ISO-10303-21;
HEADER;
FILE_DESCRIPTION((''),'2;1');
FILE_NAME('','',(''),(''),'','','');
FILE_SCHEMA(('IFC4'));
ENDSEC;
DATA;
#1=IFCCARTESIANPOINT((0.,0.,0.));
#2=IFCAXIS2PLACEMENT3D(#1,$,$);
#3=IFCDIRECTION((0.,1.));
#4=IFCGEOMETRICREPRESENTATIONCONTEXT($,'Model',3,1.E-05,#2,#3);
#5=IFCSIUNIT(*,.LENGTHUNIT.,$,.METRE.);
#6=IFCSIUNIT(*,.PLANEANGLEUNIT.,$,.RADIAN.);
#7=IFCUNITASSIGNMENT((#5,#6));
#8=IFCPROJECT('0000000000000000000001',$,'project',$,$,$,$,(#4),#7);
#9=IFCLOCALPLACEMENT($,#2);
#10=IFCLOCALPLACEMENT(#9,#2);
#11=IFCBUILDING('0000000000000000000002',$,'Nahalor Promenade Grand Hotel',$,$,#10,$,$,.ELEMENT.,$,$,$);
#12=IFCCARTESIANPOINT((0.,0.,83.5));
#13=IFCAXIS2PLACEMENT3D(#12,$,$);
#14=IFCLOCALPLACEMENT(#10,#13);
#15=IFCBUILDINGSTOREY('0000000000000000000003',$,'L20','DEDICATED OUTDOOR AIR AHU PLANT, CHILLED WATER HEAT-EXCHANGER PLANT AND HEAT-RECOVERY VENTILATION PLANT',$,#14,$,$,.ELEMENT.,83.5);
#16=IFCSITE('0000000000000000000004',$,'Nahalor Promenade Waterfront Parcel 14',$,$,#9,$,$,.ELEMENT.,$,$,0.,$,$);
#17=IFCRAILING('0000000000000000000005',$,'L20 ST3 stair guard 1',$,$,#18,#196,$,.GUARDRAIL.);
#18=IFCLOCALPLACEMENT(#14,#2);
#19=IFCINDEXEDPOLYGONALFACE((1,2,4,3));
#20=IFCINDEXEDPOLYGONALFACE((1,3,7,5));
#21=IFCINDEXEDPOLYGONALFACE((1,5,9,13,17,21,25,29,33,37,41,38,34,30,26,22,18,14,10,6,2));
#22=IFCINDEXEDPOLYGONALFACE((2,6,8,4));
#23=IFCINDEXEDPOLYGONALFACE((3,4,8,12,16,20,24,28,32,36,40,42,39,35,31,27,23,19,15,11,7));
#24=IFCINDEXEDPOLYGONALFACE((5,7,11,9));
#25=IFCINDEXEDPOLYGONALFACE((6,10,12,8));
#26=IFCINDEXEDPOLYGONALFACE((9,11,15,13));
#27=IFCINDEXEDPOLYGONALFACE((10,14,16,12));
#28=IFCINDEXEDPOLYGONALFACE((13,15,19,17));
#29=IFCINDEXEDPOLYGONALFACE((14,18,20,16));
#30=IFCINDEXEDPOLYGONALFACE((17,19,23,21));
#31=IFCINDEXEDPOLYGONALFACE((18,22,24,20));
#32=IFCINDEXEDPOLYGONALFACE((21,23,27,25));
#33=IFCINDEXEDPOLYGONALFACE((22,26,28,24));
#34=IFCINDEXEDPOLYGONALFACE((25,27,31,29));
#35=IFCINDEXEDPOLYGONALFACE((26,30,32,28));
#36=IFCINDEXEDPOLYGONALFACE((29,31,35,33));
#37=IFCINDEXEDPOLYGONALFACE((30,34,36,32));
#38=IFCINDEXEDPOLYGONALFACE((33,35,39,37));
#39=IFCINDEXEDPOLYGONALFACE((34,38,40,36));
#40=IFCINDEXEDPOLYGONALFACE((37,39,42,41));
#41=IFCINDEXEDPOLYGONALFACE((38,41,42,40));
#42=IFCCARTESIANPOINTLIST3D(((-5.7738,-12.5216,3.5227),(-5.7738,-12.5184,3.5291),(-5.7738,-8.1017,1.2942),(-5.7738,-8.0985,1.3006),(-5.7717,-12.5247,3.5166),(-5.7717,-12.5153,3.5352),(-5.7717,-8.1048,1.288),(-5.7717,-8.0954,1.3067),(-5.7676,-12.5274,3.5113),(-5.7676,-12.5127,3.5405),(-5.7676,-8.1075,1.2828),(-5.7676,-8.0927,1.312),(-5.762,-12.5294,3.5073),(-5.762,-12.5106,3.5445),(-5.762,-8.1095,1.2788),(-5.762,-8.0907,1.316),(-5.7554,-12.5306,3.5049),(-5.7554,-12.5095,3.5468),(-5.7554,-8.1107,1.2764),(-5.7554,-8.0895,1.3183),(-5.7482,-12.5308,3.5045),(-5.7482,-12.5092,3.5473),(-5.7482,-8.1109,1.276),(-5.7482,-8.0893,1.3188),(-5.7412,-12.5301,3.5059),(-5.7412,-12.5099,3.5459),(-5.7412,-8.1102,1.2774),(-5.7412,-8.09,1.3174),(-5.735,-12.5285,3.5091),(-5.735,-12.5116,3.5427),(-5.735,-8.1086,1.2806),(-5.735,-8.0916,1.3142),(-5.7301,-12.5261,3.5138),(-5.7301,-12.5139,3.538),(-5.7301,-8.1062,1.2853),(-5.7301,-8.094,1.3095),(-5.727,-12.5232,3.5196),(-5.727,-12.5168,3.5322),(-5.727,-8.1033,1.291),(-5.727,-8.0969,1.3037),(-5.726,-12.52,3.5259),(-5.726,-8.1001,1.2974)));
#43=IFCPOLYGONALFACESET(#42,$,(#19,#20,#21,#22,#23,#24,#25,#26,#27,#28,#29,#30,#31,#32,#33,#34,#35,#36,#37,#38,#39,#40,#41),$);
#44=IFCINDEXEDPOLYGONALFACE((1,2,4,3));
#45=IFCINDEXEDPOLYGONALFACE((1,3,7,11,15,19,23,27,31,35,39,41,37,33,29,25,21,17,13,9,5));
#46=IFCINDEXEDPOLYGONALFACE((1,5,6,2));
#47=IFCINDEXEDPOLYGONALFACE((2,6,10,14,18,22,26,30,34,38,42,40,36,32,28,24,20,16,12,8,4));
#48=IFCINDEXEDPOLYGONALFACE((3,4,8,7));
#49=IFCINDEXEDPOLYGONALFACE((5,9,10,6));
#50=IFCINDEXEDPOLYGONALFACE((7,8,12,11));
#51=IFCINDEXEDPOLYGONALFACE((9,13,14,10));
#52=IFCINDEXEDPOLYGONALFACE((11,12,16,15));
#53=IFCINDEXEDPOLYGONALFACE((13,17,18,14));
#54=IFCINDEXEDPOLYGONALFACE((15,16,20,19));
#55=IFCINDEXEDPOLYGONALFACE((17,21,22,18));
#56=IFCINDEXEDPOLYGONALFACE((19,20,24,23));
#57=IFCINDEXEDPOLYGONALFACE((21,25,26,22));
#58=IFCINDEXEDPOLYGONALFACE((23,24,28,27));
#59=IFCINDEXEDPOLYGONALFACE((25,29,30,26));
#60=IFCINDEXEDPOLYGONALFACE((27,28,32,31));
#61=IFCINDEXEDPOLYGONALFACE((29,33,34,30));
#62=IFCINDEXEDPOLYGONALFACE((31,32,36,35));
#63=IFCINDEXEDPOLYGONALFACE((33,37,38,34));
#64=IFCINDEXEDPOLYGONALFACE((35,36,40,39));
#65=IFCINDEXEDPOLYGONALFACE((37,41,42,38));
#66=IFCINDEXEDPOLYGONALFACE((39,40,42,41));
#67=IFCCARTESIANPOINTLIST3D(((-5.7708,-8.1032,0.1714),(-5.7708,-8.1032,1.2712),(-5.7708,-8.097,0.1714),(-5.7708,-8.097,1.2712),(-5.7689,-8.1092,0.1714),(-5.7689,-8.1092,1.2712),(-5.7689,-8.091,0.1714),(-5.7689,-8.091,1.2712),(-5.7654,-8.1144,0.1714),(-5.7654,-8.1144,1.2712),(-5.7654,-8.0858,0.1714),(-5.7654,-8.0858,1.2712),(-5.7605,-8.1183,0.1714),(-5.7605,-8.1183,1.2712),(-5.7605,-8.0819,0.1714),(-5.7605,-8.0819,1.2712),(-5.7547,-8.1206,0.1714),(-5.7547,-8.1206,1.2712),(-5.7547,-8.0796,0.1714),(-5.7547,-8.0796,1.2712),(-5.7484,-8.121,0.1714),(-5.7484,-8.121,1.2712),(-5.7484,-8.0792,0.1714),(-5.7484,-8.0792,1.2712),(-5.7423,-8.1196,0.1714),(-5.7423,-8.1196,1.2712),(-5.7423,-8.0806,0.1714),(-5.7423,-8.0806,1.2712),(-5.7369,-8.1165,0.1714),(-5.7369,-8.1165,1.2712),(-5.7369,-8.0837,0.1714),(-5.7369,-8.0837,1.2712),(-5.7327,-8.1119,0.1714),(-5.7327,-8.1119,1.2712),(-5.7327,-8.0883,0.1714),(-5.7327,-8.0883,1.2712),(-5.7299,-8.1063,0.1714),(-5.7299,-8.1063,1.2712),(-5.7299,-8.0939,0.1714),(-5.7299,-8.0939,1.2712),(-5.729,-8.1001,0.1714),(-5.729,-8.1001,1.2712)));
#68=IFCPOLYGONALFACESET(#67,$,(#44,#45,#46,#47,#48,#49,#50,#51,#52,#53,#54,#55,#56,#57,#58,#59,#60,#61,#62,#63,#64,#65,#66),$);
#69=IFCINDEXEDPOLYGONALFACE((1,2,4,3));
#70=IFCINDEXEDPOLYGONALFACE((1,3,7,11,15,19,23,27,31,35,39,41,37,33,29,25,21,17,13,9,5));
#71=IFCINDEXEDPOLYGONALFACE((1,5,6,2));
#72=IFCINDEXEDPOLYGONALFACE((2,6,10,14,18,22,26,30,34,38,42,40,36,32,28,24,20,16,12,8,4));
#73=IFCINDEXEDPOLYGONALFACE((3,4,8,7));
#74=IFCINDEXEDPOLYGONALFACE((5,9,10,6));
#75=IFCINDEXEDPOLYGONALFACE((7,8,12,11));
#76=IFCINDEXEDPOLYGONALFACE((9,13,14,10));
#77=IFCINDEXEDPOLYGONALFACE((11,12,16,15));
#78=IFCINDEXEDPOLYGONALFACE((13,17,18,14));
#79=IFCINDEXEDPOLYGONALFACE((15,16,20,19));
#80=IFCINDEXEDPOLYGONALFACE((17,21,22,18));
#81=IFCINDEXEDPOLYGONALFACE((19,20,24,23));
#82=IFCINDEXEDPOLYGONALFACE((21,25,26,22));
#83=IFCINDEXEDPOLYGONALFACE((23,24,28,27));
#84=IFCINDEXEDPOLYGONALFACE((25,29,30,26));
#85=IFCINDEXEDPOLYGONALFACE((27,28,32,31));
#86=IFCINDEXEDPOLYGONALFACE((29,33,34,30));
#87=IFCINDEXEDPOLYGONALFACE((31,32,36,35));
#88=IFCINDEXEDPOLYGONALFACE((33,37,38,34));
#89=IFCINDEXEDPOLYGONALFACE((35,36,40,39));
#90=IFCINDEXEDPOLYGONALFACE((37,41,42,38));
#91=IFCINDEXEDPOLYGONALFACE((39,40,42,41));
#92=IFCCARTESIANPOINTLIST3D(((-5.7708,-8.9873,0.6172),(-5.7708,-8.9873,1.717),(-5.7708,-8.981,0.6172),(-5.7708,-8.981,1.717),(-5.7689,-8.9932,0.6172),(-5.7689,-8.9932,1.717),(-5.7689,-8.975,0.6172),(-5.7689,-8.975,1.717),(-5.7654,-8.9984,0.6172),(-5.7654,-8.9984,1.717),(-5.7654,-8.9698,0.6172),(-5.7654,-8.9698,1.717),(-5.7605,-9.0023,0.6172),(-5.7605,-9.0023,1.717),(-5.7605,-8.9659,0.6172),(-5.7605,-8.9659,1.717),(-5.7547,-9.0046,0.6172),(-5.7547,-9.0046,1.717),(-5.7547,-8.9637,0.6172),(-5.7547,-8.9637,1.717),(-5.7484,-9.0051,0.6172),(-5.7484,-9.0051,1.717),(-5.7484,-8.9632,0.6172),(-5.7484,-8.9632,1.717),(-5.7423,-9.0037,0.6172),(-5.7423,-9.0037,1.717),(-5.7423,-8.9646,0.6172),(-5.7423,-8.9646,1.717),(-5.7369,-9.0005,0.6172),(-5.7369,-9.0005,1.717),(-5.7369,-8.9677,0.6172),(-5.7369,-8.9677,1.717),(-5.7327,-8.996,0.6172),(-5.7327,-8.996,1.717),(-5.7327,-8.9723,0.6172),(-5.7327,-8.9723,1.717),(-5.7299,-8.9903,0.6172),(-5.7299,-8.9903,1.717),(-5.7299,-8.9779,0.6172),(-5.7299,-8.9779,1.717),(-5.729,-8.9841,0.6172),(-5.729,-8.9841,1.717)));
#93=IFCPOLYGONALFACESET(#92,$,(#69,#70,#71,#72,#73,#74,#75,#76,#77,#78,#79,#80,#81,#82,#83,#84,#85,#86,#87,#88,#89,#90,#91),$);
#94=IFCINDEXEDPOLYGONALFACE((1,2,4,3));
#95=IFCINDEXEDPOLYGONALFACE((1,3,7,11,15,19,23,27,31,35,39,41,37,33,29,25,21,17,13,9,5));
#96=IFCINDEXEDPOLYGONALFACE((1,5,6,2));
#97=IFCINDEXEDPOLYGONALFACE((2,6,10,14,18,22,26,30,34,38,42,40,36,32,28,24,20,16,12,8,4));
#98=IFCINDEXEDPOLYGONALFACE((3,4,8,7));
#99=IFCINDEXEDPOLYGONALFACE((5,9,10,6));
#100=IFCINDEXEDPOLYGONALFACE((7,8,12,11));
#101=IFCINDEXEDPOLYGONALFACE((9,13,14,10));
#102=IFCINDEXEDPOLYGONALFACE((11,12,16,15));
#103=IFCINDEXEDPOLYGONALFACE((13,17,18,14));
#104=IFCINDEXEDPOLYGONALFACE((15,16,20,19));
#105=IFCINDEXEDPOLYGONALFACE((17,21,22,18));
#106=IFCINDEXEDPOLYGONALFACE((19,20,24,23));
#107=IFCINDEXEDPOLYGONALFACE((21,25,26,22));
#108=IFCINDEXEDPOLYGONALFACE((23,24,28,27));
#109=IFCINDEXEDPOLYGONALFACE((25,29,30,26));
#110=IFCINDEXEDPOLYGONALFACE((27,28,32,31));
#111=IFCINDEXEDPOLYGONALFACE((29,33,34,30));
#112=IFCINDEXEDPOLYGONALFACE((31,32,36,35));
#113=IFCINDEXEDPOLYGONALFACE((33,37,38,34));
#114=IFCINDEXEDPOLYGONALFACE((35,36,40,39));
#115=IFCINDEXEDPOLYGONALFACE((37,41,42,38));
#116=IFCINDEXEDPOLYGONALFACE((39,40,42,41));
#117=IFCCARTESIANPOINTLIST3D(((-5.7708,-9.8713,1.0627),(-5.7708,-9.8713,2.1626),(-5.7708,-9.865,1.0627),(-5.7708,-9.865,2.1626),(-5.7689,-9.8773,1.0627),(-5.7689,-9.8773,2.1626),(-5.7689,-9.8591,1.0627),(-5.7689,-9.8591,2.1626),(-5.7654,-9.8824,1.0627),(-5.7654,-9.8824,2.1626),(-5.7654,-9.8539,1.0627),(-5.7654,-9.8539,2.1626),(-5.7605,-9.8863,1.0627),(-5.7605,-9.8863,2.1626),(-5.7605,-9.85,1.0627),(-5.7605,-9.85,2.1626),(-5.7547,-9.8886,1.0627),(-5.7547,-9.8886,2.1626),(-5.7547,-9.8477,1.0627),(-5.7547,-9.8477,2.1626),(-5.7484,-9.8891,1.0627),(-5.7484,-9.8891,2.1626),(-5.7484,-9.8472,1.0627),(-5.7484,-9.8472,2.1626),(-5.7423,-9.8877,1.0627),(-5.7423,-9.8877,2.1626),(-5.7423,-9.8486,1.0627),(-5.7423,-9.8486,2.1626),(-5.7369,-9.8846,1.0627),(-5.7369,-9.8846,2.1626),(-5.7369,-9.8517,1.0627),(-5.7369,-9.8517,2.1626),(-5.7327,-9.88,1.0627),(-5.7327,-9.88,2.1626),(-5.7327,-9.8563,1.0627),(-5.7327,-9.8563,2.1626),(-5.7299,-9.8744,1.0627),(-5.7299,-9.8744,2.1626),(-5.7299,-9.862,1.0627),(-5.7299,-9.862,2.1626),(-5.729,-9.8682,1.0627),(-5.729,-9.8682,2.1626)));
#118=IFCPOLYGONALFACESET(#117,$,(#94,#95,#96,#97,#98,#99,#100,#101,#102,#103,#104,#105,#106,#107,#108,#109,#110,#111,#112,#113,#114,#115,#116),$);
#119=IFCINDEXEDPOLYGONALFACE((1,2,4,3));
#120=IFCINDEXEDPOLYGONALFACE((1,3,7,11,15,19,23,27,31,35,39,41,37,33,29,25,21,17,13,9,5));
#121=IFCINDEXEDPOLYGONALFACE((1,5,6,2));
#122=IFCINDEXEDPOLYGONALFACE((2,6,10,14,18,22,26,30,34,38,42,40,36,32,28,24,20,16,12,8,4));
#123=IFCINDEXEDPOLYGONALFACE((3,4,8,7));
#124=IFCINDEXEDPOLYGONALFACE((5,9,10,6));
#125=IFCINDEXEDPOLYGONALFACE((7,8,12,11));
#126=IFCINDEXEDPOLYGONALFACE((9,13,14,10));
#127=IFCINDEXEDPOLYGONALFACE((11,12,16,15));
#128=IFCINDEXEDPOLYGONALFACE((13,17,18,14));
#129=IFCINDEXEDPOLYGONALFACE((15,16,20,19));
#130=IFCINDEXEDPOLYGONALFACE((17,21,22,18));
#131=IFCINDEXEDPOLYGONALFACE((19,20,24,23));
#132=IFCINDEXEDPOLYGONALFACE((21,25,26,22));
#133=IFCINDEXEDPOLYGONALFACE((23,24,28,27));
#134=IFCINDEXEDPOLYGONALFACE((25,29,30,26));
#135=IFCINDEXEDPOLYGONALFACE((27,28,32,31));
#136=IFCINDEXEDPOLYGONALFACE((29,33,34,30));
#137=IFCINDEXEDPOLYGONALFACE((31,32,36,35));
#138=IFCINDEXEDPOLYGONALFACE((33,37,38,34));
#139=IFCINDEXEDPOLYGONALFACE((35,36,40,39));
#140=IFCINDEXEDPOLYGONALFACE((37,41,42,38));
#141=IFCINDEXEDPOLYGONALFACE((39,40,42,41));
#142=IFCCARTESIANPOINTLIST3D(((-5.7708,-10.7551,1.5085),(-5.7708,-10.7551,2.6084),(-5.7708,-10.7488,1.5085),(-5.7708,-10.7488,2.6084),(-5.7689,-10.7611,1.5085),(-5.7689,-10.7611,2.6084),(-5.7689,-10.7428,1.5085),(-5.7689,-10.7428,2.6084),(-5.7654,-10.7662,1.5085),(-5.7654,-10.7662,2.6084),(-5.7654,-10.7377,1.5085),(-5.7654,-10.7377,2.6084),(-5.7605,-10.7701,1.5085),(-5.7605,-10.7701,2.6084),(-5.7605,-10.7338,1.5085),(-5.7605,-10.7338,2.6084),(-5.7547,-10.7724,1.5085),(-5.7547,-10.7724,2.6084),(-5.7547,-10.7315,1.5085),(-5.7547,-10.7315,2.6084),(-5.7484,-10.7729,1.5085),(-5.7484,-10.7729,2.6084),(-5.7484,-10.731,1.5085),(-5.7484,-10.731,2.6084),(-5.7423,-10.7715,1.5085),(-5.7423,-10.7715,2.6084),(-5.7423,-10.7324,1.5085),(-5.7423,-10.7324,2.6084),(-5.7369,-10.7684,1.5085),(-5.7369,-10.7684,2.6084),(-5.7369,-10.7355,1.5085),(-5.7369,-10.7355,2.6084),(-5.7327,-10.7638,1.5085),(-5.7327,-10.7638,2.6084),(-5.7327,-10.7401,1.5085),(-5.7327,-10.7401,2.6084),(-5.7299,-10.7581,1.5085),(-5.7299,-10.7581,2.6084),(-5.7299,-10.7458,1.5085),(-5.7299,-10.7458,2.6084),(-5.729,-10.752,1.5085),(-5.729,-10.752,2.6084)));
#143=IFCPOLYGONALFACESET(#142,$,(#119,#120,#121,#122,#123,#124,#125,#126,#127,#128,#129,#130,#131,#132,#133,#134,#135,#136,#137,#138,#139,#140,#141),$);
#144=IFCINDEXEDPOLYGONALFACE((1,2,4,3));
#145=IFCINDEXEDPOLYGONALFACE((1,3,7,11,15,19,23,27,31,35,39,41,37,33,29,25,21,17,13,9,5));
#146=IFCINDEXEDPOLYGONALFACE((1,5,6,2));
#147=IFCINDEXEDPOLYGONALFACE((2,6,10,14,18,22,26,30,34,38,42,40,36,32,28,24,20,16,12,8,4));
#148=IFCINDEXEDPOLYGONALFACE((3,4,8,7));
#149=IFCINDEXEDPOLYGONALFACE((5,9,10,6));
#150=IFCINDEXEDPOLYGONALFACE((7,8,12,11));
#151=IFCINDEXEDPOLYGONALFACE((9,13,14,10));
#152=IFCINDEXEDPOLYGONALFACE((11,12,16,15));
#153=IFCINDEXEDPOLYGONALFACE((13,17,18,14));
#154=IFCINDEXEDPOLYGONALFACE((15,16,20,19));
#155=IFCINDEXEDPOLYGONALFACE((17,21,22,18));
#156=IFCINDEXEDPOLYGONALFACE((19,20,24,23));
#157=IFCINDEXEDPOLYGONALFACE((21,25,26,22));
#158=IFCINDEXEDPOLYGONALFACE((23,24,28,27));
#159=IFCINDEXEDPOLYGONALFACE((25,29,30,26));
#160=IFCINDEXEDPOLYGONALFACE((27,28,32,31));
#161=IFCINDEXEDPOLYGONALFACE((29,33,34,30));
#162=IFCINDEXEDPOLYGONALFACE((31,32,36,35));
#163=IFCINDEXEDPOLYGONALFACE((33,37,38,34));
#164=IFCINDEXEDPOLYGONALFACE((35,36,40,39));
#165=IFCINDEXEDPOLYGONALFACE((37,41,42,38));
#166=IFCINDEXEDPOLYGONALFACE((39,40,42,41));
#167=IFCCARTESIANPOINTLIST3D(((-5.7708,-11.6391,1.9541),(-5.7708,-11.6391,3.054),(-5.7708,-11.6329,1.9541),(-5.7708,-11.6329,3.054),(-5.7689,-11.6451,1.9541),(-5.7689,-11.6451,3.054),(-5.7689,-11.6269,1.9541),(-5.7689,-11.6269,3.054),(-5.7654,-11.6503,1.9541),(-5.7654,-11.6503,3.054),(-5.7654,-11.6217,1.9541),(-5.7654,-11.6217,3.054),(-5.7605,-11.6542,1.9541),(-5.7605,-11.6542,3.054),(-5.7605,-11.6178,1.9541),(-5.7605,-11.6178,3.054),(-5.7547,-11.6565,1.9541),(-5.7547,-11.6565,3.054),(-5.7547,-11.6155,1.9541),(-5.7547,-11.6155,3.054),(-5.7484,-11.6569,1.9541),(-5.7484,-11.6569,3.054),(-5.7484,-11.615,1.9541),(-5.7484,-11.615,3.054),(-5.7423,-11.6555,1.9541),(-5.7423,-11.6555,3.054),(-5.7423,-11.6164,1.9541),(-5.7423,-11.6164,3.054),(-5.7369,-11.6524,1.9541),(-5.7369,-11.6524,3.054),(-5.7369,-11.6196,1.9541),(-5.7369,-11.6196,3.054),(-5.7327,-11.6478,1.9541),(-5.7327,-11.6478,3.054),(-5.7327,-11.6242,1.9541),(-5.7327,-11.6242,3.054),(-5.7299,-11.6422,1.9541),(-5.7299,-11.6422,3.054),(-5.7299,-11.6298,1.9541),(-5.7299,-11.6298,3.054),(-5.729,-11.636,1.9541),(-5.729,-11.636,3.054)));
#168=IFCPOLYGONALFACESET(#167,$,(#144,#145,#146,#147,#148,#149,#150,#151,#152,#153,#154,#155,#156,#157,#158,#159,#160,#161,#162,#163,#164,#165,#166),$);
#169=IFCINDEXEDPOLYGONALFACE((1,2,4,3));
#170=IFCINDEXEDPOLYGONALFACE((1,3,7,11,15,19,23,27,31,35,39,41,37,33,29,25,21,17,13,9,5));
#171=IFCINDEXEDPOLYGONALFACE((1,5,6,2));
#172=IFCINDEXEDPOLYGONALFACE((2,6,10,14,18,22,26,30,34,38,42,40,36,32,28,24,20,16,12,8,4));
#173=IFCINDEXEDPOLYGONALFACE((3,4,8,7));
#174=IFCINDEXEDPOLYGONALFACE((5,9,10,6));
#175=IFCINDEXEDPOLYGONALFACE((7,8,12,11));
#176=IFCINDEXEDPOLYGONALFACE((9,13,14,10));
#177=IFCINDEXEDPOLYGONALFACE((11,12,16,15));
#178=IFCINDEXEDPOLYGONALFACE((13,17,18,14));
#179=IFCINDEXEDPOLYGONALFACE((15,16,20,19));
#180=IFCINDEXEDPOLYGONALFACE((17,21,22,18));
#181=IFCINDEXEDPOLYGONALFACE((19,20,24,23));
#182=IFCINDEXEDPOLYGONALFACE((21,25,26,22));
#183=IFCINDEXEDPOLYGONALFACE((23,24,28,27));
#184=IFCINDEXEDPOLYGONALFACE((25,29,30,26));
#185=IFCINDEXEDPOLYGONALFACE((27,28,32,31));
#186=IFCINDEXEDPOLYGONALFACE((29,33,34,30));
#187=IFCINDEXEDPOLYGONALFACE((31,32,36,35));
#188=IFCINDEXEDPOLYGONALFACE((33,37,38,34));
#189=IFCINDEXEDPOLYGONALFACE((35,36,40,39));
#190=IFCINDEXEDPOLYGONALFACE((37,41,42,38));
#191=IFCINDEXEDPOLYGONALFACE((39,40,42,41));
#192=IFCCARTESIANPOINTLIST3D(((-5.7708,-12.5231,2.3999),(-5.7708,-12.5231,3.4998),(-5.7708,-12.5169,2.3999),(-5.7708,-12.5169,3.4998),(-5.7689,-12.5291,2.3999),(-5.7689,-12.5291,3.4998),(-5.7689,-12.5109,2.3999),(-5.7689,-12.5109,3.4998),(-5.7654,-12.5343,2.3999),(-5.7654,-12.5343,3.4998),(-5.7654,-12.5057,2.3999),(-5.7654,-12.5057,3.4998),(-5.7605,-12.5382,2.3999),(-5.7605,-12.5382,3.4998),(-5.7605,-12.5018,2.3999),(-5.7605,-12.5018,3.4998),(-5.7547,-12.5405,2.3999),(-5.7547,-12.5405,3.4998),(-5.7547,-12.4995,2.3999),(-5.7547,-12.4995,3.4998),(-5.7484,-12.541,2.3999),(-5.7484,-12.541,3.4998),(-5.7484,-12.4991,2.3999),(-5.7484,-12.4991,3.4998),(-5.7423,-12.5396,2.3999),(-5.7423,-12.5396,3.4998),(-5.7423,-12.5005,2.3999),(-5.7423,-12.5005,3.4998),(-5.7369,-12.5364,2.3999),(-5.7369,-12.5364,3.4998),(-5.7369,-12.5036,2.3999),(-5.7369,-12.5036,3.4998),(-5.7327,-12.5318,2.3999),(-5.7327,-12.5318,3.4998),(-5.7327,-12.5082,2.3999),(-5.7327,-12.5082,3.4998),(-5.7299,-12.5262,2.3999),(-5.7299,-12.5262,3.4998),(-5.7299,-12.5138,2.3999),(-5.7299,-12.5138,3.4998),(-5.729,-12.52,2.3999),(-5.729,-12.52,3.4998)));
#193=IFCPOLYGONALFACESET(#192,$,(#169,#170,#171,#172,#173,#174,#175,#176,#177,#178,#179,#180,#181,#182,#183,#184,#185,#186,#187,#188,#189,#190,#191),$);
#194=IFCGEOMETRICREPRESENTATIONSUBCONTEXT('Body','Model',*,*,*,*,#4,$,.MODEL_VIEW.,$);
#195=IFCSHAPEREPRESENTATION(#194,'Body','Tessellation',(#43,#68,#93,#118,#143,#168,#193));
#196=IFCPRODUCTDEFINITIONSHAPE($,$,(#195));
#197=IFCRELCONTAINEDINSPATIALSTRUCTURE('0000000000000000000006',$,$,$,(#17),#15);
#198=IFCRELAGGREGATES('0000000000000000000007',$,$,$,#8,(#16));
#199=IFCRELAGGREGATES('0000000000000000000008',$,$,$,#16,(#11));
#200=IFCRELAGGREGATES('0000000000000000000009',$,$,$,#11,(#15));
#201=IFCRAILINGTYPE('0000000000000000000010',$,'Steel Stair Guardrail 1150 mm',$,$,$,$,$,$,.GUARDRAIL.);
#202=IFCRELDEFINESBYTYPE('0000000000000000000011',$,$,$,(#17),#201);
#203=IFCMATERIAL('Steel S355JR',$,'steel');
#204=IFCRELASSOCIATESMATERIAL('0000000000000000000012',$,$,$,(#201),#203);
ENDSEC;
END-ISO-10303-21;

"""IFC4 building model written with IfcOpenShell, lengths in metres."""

from ifc_helpers import new_model, si_unit, direction, frame, origin, origin_2d, place, context, subcontext, project, spatial, circle, extrude, material, type_object, element, save


model = new_model("IFC4")

# Units and contexts
model_context = context("Model", 3, precision=1e-05, world=origin(), true_north=direction((0.0, 1.0)))
body_context = subcontext(model_context, "Body", "Model", "MODEL_VIEW")
ifc_project = project(units=[si_unit("LENGTHUNIT", "METRE"), si_unit("PLANEANGLEUNIT", "RADIAN")], contexts=[model_context])

# Site, building, storey
site_placement = place(None, origin())
site = spatial("IfcSite", under=ifc_project, at=site_placement, Name="Nahalor Promenade Waterfront Parcel 14", CompositionType="ELEMENT", RefElevation=0.0)
building_placement = place(site_placement, origin())
building = spatial("IfcBuilding", under=site, at=building_placement, Name="Nahalor Promenade Grand Hotel", CompositionType="ELEMENT")
storey_placement = place(building_placement, frame((0.0, 0.0, 83.5)))
storey = spatial("IfcBuildingStorey", under=building, at=storey_placement, Name="L20", Description="DEDICATED OUTDOOR AIR AHU PLANT, CHILLED WATER HEAT-EXCHANGER PLANT AND HEAT-RECOVERY VENTILATION PLANT", CompositionType="ELEMENT", Elevation=83.5)

# Shared definitions
ifc_material_1 = material(Name="Steel S355JR", Category="steel")

# Railing
railing_type_1 = type_object("IfcRailingType", Name="Steel Stair Guardrail 1150 mm", PredefinedType="GUARDRAIL", material=ifc_material_1)
railing_1_placement = place(storey_placement, frame((-5.75, -8.1001, 0.1714)))
element("IfcRailing", 1, at=railing_1_placement, inside=storey, type_object=railing_type_1, Name="L20 ST3 stair guard 1", PredefinedType="GUARDRAIL", context=body_context, shape_type="SweptSolid", body=[
    extrude(circle(Radius=0.024, at=origin_2d()), frame((0.0, 0.0, 1.126), z_axis=(0.0, -0.892923, 0.45021), x_axis=(1.0, 0.0, 0.0)), (0.0, 0.0, 1.0), 4.95),
    extrude(circle(Radius=0.021, at=origin_2d()), origin(), (0.0, 0.0, 1.0), 1.0999),
    extrude(circle(Radius=0.021, at=origin_2d()), frame((0.0, -0.884, 0.4458)), (0.0, 0.0, 1.0), 1.0999),
    extrude(circle(Radius=0.021, at=origin_2d()), frame((0.0, -1.7681, 0.8914)), (0.0, 0.0, 1.0), 1.0999),
    extrude(circle(Radius=0.021, at=origin_2d()), frame((0.0, -2.6519, 1.3372)), (0.0, 0.0, 1.0), 1.0999),
    extrude(circle(Radius=0.021, at=origin_2d()), frame((0.0, -3.5359, 1.7827)), (0.0, 0.0, 1.0), 1.0999),
    extrude(circle(Radius=0.021, at=origin_2d()), frame((0.0, -4.4199, 2.2285)), (0.0, 0.0, 1.0), 1.0999),
])

save(model, "model.ifc")
